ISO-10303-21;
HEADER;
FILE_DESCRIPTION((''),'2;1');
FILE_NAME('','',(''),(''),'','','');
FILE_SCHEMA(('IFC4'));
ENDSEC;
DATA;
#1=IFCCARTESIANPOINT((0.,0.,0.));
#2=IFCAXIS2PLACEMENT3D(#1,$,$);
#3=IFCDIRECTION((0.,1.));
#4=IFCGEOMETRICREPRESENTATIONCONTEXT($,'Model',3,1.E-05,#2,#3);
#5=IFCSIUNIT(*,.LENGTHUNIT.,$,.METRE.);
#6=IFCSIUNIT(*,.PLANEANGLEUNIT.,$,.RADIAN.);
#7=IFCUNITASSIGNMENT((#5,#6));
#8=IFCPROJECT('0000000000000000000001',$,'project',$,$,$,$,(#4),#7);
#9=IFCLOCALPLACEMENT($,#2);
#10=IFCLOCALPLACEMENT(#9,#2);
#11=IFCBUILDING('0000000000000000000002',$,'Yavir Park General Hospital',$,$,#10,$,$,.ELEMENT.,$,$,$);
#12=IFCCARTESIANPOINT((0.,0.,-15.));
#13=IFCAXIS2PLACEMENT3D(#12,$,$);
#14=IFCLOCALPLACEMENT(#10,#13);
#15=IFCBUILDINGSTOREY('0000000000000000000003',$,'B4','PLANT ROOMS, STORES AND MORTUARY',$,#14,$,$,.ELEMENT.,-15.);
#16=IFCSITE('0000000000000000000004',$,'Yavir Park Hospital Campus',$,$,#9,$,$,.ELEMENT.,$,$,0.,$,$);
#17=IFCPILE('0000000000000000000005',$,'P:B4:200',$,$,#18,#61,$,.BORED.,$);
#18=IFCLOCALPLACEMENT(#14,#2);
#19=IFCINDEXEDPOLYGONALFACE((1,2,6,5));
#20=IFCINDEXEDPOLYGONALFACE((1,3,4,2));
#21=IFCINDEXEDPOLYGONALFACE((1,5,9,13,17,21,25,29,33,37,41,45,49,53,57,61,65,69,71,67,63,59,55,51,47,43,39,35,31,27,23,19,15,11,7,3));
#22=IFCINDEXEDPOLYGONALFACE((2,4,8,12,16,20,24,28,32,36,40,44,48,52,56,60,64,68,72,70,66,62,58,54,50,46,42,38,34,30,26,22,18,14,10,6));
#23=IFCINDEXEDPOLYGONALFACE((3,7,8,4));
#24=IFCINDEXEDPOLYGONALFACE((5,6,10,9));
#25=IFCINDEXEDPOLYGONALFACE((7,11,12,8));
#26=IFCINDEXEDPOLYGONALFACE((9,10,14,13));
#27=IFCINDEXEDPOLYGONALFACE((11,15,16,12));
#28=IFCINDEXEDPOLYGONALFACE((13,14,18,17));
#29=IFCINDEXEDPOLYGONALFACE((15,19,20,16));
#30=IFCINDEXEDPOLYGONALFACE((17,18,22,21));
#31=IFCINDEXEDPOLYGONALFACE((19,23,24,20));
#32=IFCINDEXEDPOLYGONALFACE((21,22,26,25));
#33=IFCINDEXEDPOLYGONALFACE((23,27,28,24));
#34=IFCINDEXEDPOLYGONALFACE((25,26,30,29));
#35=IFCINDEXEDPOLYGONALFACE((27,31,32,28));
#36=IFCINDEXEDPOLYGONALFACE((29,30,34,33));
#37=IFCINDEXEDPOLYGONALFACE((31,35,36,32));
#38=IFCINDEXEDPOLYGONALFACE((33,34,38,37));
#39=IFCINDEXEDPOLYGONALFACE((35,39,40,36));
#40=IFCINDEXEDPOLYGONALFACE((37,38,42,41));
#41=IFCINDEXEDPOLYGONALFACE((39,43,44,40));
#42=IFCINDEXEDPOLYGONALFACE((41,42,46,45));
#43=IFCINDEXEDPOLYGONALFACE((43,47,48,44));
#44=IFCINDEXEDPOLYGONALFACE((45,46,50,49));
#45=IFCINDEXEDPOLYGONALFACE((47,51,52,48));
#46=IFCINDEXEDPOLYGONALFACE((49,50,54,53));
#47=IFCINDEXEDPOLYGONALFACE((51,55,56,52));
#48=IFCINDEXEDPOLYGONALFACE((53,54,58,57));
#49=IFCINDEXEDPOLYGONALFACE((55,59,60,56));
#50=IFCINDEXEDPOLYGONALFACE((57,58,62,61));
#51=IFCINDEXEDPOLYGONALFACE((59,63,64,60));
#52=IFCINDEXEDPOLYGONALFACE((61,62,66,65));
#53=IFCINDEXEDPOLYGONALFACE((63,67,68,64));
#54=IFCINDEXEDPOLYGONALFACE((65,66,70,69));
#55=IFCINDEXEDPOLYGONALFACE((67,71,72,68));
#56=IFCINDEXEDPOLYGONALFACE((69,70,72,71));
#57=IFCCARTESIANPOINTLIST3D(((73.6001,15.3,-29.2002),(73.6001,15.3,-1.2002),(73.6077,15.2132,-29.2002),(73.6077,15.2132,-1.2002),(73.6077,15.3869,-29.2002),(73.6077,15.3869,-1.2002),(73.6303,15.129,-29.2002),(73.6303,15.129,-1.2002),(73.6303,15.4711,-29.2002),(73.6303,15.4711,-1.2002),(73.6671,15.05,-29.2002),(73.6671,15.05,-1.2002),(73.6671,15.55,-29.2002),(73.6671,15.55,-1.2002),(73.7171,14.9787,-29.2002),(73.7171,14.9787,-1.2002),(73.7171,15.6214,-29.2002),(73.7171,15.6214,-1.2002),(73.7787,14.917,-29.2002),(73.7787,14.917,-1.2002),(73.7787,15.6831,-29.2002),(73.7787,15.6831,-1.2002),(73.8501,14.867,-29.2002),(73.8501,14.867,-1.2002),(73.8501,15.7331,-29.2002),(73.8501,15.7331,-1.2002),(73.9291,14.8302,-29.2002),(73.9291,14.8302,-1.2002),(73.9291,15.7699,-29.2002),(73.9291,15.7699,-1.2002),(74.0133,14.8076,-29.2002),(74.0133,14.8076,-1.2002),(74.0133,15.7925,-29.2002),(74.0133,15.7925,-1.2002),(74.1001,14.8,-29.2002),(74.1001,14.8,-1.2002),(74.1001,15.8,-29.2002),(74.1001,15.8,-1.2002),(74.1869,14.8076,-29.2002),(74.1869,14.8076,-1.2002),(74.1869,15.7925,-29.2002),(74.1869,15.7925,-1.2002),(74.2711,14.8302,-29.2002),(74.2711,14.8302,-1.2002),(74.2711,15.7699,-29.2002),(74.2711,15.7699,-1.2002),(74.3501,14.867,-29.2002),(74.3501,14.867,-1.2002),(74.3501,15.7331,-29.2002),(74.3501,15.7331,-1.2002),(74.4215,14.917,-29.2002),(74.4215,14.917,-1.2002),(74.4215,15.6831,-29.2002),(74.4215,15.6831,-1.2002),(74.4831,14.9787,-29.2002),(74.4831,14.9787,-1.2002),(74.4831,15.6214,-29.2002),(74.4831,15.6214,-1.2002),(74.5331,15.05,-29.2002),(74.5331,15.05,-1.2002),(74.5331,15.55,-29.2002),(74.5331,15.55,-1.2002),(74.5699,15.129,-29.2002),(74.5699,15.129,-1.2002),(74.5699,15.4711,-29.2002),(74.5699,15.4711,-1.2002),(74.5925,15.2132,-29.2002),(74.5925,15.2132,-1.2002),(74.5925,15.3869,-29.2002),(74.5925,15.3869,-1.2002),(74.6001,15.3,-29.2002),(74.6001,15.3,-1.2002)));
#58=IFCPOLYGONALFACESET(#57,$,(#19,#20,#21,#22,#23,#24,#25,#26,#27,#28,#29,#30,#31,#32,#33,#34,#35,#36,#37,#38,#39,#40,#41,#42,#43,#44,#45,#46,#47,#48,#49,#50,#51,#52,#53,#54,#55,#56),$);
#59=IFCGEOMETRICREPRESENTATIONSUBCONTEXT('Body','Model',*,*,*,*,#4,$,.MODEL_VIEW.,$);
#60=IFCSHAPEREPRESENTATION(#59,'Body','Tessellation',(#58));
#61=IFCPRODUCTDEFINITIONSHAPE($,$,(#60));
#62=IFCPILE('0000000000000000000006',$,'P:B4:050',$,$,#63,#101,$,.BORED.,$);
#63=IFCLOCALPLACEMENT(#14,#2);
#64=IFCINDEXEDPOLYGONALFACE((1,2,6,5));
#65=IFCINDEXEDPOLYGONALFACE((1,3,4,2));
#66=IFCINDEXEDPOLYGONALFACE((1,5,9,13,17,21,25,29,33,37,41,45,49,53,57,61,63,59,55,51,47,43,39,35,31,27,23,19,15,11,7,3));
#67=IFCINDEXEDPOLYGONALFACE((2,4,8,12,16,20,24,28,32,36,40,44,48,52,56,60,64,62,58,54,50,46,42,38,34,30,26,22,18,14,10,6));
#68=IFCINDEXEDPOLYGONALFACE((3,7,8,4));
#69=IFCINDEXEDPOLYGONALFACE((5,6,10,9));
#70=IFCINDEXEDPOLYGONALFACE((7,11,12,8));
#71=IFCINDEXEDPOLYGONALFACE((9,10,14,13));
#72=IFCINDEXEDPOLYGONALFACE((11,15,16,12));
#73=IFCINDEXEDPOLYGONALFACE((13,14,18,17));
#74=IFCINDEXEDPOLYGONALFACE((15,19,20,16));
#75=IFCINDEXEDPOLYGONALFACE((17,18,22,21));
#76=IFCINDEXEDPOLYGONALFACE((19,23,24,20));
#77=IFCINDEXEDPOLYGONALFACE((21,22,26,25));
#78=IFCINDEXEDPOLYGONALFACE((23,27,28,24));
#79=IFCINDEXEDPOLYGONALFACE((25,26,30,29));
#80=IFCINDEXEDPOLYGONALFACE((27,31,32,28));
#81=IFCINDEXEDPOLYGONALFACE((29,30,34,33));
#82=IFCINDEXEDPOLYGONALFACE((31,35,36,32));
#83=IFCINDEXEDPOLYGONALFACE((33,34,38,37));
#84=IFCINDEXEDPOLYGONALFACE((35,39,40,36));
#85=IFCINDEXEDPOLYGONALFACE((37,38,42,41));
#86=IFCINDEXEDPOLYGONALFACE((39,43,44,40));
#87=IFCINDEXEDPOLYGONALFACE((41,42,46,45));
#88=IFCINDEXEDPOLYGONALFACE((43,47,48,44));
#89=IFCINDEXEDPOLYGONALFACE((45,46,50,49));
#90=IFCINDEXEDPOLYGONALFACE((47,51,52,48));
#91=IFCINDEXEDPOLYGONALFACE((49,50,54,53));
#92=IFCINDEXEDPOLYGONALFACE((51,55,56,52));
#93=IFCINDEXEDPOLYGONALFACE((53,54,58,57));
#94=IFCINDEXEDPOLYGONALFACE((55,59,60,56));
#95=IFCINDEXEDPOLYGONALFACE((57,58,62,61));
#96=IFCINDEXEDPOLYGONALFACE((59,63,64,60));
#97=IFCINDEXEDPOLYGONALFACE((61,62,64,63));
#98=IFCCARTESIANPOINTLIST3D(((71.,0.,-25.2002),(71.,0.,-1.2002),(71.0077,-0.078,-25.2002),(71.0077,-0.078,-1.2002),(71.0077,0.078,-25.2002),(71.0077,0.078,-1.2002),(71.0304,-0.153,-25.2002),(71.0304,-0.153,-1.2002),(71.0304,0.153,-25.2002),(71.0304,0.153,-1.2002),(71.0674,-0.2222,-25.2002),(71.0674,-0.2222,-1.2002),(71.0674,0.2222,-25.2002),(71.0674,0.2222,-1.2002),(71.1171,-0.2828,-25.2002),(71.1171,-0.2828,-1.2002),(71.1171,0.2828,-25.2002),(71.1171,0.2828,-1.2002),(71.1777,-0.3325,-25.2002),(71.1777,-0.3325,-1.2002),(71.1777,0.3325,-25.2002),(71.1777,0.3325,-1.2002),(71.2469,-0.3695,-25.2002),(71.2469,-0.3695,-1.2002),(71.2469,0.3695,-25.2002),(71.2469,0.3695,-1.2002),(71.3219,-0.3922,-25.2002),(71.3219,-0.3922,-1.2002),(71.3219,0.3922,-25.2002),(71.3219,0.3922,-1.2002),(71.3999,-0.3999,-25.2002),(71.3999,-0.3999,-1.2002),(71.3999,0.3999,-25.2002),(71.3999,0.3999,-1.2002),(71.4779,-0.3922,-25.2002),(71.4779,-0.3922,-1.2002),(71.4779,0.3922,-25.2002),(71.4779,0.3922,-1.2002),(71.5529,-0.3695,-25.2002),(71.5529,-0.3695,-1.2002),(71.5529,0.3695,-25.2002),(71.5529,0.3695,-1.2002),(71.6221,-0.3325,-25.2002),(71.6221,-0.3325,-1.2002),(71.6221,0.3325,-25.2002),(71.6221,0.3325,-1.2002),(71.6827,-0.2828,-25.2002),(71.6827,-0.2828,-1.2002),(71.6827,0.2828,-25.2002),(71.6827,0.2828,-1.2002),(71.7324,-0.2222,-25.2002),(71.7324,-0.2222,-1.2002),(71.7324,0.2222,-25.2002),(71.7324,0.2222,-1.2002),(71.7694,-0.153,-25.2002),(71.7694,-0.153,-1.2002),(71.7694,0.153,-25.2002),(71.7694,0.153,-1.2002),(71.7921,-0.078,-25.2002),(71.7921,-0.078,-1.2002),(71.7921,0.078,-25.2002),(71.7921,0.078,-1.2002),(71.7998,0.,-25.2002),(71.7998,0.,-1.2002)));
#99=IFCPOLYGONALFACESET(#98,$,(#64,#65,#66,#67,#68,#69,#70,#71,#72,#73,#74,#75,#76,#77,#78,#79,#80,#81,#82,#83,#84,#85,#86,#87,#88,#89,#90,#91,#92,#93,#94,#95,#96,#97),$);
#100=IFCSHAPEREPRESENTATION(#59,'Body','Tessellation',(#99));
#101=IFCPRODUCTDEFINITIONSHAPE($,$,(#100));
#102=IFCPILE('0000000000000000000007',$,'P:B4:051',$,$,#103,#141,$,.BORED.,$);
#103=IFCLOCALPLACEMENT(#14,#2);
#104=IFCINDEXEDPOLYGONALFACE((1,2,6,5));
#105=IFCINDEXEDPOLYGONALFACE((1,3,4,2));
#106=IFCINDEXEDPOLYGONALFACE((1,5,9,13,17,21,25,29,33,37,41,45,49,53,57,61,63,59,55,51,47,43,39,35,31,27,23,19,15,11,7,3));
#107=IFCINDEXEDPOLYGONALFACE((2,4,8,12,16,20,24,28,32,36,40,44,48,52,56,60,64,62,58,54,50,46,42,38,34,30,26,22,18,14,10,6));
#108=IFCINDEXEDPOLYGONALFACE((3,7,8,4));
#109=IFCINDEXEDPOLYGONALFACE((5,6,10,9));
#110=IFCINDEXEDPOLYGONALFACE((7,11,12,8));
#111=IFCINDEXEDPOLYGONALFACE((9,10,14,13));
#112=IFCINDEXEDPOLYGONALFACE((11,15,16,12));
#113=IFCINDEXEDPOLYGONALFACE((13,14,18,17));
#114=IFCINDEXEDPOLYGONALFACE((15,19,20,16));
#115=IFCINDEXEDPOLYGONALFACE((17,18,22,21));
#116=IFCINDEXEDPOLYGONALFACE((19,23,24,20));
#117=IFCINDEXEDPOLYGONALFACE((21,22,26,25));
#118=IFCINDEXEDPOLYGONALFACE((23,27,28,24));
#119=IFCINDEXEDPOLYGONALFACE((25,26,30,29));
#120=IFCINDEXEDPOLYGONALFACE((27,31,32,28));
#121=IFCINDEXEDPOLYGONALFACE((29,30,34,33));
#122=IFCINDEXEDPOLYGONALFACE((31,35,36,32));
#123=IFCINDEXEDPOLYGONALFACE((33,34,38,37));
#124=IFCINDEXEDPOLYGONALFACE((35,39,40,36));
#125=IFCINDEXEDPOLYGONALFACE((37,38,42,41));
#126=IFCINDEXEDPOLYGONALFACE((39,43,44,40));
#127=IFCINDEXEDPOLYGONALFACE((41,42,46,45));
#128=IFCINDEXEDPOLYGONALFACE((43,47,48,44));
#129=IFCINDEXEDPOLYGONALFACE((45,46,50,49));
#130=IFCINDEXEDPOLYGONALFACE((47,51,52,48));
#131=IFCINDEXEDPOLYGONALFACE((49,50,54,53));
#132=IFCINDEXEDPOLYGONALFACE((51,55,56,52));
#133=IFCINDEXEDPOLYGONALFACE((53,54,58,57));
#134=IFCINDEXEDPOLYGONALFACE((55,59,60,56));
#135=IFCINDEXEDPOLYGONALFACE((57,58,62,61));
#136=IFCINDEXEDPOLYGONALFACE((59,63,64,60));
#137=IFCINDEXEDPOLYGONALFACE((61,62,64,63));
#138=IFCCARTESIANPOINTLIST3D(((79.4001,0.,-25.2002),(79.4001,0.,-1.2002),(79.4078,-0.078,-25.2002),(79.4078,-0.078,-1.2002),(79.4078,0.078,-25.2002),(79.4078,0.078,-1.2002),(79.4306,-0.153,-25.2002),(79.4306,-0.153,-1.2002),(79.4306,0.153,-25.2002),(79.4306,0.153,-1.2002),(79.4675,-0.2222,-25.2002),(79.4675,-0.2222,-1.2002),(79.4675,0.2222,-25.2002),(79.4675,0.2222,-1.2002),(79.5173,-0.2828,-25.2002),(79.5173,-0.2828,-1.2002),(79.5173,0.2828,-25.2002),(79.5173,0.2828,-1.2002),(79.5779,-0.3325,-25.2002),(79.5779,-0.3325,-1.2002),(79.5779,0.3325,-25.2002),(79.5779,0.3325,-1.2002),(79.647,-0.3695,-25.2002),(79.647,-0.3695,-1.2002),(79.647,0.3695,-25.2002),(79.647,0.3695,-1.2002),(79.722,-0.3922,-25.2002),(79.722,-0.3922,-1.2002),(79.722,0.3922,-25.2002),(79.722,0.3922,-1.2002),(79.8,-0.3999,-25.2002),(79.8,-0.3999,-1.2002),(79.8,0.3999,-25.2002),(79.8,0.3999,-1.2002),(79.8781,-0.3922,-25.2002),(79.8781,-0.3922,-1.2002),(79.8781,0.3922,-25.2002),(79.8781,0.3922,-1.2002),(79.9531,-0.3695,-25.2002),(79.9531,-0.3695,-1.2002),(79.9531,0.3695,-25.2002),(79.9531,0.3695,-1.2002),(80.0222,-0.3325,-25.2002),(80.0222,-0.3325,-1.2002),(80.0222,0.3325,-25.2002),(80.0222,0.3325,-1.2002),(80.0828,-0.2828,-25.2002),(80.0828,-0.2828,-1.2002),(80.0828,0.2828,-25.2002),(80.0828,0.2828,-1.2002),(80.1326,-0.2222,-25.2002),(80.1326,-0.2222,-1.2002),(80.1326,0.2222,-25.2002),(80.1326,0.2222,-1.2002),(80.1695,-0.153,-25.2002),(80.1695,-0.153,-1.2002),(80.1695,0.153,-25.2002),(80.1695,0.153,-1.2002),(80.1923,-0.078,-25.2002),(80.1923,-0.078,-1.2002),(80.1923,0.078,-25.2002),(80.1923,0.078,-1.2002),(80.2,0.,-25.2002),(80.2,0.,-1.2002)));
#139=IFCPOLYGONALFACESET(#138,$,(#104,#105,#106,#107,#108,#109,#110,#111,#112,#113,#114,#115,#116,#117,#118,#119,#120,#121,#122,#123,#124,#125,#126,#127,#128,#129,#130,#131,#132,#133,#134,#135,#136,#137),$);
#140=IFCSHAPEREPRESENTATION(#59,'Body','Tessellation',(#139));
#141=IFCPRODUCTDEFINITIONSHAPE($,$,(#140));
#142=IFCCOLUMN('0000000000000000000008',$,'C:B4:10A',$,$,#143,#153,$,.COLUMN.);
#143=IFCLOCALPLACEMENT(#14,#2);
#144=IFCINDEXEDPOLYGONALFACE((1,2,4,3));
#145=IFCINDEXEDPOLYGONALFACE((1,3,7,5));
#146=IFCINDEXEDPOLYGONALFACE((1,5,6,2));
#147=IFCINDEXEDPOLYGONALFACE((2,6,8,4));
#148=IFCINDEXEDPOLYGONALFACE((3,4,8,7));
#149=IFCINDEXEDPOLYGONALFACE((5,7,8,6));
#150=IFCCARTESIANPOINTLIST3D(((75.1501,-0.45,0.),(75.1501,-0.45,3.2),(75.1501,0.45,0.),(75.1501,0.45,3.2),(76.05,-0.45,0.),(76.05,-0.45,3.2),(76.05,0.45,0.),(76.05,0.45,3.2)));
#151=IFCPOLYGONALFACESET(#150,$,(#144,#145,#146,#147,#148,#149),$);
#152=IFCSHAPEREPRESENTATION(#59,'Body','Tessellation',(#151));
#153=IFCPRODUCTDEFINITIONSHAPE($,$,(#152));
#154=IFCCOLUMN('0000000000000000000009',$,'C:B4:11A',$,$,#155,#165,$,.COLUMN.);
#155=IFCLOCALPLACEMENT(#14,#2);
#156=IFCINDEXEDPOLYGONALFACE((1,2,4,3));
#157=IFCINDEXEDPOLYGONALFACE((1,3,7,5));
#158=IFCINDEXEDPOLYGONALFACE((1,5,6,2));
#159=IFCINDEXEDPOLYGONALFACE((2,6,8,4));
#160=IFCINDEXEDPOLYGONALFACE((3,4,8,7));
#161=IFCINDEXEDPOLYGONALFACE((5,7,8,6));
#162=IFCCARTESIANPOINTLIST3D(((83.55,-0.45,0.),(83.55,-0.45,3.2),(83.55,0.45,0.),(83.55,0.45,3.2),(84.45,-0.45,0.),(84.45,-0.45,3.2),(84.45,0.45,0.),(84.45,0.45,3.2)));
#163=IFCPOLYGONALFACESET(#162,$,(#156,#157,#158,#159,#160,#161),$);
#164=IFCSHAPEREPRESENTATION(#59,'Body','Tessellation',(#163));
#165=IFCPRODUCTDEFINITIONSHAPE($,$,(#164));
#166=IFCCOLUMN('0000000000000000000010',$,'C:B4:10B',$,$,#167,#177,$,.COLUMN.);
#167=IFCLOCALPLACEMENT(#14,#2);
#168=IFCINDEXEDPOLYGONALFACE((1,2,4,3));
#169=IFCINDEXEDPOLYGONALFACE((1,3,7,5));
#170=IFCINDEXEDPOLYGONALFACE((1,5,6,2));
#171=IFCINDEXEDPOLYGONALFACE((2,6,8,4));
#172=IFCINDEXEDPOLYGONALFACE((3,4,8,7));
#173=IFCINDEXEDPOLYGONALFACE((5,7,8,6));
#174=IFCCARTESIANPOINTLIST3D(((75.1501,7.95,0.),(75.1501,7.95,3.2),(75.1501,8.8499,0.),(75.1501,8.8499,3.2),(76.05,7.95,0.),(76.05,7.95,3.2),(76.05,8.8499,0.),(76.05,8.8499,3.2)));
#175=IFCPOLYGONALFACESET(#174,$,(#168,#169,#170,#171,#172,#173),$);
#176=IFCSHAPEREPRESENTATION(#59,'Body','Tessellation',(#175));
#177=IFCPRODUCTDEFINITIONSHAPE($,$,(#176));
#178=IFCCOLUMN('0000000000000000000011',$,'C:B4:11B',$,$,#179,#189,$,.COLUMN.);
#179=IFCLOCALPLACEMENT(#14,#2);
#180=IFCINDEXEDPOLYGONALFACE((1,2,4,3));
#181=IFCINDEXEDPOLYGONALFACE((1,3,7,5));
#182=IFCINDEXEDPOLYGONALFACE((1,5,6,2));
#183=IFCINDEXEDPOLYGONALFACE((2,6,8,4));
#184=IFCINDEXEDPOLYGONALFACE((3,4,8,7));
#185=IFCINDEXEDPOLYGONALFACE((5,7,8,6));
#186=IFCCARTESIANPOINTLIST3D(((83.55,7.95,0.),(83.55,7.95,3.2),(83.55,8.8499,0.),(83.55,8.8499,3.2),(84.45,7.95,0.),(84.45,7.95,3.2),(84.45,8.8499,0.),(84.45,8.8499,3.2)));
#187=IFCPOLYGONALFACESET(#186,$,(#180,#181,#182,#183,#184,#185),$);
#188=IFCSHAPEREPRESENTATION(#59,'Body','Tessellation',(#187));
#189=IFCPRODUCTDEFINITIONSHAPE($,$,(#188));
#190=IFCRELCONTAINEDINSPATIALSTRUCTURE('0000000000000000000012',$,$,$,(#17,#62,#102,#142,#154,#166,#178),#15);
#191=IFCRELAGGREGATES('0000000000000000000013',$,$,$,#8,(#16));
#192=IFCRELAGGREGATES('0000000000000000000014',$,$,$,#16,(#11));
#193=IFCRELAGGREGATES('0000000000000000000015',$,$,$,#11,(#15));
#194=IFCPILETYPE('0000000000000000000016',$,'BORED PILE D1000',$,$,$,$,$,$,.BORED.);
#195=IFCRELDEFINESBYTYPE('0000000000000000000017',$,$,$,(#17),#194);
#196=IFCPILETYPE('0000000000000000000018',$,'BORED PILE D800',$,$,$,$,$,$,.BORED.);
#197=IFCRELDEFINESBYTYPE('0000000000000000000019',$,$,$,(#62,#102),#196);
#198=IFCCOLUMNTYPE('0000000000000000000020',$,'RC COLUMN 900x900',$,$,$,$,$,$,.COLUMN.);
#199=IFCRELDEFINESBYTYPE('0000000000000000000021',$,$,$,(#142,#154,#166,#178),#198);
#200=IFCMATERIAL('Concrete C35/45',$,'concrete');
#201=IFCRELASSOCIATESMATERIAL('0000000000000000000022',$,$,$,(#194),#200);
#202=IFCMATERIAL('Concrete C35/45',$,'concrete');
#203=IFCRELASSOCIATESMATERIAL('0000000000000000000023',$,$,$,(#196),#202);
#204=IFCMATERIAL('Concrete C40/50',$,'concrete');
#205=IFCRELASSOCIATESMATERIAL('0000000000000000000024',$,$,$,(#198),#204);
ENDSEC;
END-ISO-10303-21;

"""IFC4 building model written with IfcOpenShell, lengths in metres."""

from ifc_helpers import new_model, si_unit, direction, frame, origin, origin_2d, place, context, subcontext, project, spatial, rectangle, circle, extrude, material, material_profile, profile_set, type_object, element, save


model = new_model("IFC4")

# Units and contexts
model_context = context("Model", 3, precision=1e-05, world=origin(), true_north=direction((0.0, 1.0)))
body_context = subcontext(model_context, "Body", "Model", "MODEL_VIEW")
ifc_project = project(units=[si_unit("LENGTHUNIT", "METRE"), si_unit("PLANEANGLEUNIT", "RADIAN")], contexts=[model_context])

# Site, building, storey
site_placement = place(None, origin())
site = spatial("IfcSite", under=ifc_project, at=site_placement, Name="Yavir Park Hospital Campus", CompositionType="ELEMENT", RefElevation=0.0)
building_placement = place(site_placement, origin())
building = spatial("IfcBuilding", under=site, at=building_placement, Name="Yavir Park General Hospital", CompositionType="ELEMENT")
storey_placement = place(building_placement, frame((0.0, 0.0, -15.0)))
storey = spatial("IfcBuildingStorey", under=building, at=storey_placement, Name="B4", Description="PLANT ROOMS, STORES AND MORTUARY", CompositionType="ELEMENT", Elevation=-15.0)

# Piles
ifc_material_1 = material(Name="Concrete C35/45", Category="concrete")
ifc_material_profile_1 = material_profile(ifc_material_1, circle(Radius=0.5, at=origin_2d()), Name="D1000")
ifc_profile_set_1 = profile_set([ifc_material_profile_1], Name="Concrete C35/45")
pile_type_1 = type_object("IfcPileType", Name="BORED PILE D1000", PredefinedType="BORED", material=ifc_profile_set_1)
for number, where, z_axis, x_axis, name in (
    (1, (74.1001, 15.3, -1.2002), (0.0, 0.0, -1.0), (1.0, 0.0, 0.0), "P:B4:200"),
):
    element("IfcPile", number, at=place(storey_placement, frame(where, z_axis=z_axis, x_axis=x_axis)), inside=storey, type_object=pile_type_1, Name=name, PredefinedType="BORED", context=body_context, shape_type="SweptSolid", body=[
        extrude(circle(Radius=0.5, at=origin_2d()), origin(), (0.0, 0.0, 1.0), 28.0),
    ])
ifc_material_2 = material(Name="Concrete C35/45", Category="concrete")
ifc_material_profile_2 = material_profile(ifc_material_2, circle(Radius=0.3999, at=origin_2d()), Name="D800")
ifc_profile_set_2 = profile_set([ifc_material_profile_2], Name="Concrete C35/45")
pile_type_2 = type_object("IfcPileType", Name="BORED PILE D800", PredefinedType="BORED", material=ifc_profile_set_2)
for number, where, z_axis, x_axis, name in (
    (2, (71.3999, 0.0, -1.2002), (0.0, 0.0, -1.0), (1.0, 0.0, 0.0), "P:B4:050"),
    (3, (79.8, 0.0, -1.2002), (0.0, 0.0, -1.0), (1.0, 0.0, 0.0), "P:B4:051"),
):
    element("IfcPile", number, at=place(storey_placement, frame(where, z_axis=z_axis, x_axis=x_axis)), inside=storey, type_object=pile_type_2, Name=name, PredefinedType="BORED", context=body_context, shape_type="SweptSolid", body=[
        extrude(circle(Radius=0.3999, at=origin_2d()), origin(), (0.0, 0.0, 1.0), 24.0),
    ])

# Columns
ifc_material_3 = material(Name="Concrete C40/50", Category="concrete")
ifc_material_profile_3 = material_profile(ifc_material_3, rectangle(XDim=0.8999, YDim=0.8999, at=origin_2d()), Name="RC900x900")
ifc_profile_set_3 = profile_set([ifc_material_profile_3], Name="Concrete C40/50")
column_type = type_object("IfcColumnType", Name="RC COLUMN 900x900", PredefinedType="COLUMN", material=ifc_profile_set_3)
for number, where, z_axis, x_axis, name in (
    (4, (75.6001, 0.0, 0.0), (0.0, 0.0, 1.0), (1.0, 0.0, 0.0), "C:B4:10A"),
    (5, (84.0, 0.0, 0.0), (0.0, 0.0, 1.0), (1.0, 0.0, 0.0), "C:B4:11A"),
    (6, (75.6001, 8.3999, 0.0), (0.0, 0.0, 1.0), (1.0, 0.0, 0.0), "C:B4:10B"),
    (7, (84.0, 8.3999, 0.0), (0.0, 0.0, 1.0), (1.0, 0.0, 0.0), "C:B4:11B"),
):
    element("IfcColumn", number, at=place(storey_placement, frame(where, z_axis=z_axis, x_axis=x_axis)), inside=storey, type_object=column_type, Name=name, PredefinedType="COLUMN", context=body_context, shape_type="SweptSolid", body=[
        extrude(rectangle(XDim=0.8999, YDim=0.8999, at=origin_2d()), origin(), (0.0, 0.0, 1.0), 3.2),
    ])

save(model, "model.ifc")
